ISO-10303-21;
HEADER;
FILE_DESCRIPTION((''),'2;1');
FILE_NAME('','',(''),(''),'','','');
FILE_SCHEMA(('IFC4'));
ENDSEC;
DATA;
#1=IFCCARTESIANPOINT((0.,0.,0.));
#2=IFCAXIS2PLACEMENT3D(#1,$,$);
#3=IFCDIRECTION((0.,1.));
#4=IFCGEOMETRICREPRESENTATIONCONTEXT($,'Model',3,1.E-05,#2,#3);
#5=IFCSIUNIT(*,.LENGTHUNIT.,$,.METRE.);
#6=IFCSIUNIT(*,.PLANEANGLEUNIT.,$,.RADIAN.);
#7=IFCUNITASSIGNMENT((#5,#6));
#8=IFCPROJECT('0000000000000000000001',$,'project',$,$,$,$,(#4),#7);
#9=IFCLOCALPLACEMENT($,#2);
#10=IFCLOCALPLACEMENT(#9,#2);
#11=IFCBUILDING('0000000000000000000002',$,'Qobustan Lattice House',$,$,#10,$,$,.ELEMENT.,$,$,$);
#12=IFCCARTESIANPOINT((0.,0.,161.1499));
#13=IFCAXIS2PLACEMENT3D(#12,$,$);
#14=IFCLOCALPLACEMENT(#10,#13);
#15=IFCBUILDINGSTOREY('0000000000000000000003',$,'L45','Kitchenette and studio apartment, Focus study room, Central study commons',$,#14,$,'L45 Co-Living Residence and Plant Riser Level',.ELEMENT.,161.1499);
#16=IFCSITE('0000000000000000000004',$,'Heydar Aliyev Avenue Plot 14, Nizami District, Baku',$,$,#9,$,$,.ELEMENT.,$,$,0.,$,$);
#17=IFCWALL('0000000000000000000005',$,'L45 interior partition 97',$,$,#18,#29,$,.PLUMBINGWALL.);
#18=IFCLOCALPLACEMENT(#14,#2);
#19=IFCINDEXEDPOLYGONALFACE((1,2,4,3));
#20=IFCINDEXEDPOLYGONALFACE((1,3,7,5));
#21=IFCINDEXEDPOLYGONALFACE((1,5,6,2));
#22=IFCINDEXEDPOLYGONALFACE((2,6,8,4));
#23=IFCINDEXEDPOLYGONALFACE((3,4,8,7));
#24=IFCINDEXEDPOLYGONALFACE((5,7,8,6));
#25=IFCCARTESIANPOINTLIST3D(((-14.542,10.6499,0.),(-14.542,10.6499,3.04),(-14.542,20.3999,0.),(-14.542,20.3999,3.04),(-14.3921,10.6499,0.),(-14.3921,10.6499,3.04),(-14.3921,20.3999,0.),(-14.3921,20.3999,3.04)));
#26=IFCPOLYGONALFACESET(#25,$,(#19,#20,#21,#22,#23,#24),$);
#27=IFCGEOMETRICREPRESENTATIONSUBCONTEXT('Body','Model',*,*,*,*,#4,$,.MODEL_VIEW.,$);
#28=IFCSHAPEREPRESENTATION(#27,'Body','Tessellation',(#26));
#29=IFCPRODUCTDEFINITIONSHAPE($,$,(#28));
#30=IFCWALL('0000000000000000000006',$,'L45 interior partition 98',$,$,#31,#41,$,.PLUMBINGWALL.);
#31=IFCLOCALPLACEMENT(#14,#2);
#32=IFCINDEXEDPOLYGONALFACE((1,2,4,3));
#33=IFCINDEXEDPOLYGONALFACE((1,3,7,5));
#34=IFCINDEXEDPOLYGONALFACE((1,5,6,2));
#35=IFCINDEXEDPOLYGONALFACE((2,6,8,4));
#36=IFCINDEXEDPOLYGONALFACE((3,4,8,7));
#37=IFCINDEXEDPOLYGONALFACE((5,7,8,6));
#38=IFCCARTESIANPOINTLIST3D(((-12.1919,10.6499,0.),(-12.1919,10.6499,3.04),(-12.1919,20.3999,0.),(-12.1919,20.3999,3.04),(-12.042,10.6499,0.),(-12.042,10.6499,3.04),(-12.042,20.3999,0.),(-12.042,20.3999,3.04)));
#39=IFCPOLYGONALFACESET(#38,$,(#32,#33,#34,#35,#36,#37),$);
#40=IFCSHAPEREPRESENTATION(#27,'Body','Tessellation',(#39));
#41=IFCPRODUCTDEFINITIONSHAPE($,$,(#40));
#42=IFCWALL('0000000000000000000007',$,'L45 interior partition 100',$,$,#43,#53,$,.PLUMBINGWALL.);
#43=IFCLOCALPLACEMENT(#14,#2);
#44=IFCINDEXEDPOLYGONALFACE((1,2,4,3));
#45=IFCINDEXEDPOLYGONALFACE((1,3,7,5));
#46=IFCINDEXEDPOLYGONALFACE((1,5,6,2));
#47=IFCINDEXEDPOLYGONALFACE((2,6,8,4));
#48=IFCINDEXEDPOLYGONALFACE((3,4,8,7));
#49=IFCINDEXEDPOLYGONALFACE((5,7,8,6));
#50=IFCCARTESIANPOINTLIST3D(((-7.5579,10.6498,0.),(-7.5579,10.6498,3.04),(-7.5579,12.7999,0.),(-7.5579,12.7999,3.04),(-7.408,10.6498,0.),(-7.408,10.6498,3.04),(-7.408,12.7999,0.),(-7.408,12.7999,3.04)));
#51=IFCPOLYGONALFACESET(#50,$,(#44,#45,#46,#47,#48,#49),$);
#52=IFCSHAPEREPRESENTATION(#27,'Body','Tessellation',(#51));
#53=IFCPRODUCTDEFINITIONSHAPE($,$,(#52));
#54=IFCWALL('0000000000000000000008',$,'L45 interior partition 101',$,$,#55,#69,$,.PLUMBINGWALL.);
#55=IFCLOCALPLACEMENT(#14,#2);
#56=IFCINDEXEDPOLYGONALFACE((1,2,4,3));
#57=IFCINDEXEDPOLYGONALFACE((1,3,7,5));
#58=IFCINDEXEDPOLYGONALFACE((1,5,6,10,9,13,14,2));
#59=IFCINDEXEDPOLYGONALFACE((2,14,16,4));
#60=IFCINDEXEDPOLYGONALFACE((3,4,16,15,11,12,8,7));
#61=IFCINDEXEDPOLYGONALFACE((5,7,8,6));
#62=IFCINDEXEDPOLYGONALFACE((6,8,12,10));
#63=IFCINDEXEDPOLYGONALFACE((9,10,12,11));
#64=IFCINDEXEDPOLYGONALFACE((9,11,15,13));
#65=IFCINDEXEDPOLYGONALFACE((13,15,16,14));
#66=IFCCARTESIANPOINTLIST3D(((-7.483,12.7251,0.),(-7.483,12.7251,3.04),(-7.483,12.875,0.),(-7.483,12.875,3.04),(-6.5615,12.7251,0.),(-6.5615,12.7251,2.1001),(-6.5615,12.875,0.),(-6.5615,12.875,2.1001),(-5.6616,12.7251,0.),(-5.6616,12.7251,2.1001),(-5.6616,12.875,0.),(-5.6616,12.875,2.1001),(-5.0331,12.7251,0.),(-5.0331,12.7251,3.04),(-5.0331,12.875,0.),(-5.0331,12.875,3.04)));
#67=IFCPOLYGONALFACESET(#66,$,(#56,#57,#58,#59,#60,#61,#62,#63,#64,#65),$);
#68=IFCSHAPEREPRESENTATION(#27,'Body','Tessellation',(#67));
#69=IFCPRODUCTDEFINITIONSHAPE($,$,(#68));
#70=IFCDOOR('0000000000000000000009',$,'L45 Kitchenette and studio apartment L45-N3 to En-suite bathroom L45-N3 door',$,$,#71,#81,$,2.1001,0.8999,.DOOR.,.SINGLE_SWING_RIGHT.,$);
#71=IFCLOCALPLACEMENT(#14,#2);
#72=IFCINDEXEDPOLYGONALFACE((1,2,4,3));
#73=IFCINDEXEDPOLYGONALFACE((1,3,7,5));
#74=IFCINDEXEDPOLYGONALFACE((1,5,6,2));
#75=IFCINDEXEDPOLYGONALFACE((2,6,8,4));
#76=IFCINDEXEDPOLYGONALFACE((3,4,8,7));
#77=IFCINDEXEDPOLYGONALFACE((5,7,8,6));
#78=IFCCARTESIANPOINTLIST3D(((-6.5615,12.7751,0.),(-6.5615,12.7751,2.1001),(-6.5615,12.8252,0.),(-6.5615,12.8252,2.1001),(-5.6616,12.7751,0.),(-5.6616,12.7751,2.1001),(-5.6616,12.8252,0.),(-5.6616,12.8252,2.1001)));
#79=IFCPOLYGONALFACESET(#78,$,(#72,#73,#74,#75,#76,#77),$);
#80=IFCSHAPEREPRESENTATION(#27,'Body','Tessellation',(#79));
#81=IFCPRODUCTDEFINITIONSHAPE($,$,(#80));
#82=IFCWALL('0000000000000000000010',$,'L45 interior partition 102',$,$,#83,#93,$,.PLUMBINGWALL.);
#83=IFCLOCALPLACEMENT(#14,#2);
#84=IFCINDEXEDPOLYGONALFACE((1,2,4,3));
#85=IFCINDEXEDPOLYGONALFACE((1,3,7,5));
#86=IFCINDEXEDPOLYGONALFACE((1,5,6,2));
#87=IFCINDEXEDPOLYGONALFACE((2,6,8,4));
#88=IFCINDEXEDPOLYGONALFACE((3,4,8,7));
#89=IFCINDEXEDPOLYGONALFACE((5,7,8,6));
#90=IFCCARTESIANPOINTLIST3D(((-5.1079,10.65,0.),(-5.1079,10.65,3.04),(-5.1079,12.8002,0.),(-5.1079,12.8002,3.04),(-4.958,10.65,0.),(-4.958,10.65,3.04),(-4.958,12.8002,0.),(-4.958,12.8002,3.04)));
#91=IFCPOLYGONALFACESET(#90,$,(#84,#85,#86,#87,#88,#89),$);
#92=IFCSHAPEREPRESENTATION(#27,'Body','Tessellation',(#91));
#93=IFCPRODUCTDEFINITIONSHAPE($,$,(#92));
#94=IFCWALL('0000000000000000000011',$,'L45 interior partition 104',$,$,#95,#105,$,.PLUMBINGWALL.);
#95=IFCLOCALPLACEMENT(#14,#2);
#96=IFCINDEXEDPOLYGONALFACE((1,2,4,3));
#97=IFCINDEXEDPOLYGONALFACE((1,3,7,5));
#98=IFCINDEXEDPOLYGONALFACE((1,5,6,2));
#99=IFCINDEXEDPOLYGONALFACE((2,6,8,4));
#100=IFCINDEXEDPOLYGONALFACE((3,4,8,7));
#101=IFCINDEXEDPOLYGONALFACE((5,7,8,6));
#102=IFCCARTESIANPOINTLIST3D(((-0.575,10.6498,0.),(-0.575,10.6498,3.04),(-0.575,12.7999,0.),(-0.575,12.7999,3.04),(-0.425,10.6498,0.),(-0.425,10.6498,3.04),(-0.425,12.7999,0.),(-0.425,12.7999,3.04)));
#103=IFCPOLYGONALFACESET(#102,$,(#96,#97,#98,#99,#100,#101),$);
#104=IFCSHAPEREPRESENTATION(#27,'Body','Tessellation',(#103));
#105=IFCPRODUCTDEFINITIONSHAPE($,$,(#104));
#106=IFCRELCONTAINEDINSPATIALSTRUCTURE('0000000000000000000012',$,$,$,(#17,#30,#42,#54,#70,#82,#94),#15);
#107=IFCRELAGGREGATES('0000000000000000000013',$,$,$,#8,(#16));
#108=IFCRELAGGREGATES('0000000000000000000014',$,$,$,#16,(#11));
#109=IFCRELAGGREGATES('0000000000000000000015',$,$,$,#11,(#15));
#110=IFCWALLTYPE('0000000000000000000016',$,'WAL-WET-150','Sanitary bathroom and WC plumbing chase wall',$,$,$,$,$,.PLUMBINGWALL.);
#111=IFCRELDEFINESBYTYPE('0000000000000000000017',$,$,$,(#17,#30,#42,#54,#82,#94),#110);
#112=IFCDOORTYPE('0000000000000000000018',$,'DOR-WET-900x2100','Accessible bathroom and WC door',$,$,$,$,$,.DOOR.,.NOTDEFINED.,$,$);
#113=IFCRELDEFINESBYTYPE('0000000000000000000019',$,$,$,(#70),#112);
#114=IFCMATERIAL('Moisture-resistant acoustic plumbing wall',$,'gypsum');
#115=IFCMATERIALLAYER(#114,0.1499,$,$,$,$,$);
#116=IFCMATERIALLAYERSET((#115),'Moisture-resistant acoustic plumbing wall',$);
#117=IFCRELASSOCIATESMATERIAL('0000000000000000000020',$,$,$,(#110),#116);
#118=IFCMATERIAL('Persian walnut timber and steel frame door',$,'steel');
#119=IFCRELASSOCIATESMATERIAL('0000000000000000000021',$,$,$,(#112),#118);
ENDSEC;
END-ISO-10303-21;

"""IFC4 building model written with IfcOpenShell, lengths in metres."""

from ifc_helpers import new_model, si_unit, direction, frame, frame_2d, origin, place, context, subcontext, project, spatial, rectangle, extrude, material, layer, layer_set, type_object, element, fill, save


model = new_model("IFC4")

# Units and contexts
model_context = context("Model", 3, precision=1e-05, world=origin(), true_north=direction((0.0, 1.0)))
body_context = subcontext(model_context, "Body", "Model", "MODEL_VIEW")
ifc_project = project(units=[si_unit("LENGTHUNIT", "METRE"), si_unit("PLANEANGLEUNIT", "RADIAN")], contexts=[model_context])

# Site, building, storey
site_placement = place(None, origin())
site = spatial("IfcSite", under=ifc_project, at=site_placement, Name="Heydar Aliyev Avenue Plot 14, Nizami District, Baku", CompositionType="ELEMENT", RefElevation=0.0)
building_placement = place(site_placement, origin())
building = spatial("IfcBuilding", under=site, at=building_placement, Name="Qobustan Lattice House", CompositionType="ELEMENT")
storey_placement = place(building_placement, frame((0.0, 0.0, 161.1499)))
storey = spatial("IfcBuildingStorey", under=building, at=storey_placement, Name="L45", Description="Kitchenette and studio apartment, Focus study room, Central study commons", LongName="L45 Co-Living Residence and Plant Riser Level", CompositionType="ELEMENT", Elevation=161.1499)

# Walls
ifc_material_1 = material(Name="Moisture-resistant acoustic plumbing wall", Category="gypsum")
ifc_layer_1 = layer(ifc_material_1, 0.1499)
ifc_layer_set_1 = layer_set([ifc_layer_1], Name="Moisture-resistant acoustic plumbing wall")
wall_type_1 = type_object("IfcWallType", Name="WAL-WET-150", Description="Sanitary bathroom and WC plumbing chase wall", PredefinedType="PLUMBINGWALL", material=ifc_layer_set_1)
for number, where, z_axis, x_axis, name in (
    (1, (-14.467, 20.3999, 0.0), (0.0, 0.0, 1.0), (0.0, -1.0, 0.0), "L45 interior partition 97"),
    (2, (-12.1169, 20.3999, 0.0), (0.0, 0.0, 1.0), (0.0, -1.0, 0.0), "L45 interior partition 98"),
):
    element("IfcWall", number, at=place(storey_placement, frame(where, z_axis=z_axis, x_axis=x_axis)), inside=storey, type_object=wall_type_1, Name=name, PredefinedType="PLUMBINGWALL", context=body_context, shape_type="SweptSolid", body=[
        extrude(rectangle(XDim=9.75, YDim=0.1499, at=frame_2d((4.875, 0.0))), origin(), (0.0, 0.0, 1.0), 3.04),
    ])
wall_1_placement = place(storey_placement, frame((-7.4829, 12.8, 0.0), z_axis=(0.0, 0.0, 1.0), x_axis=(0.0, -1.0, 0.0)))
element("IfcWall", 3, at=wall_1_placement, inside=storey, type_object=wall_type_1, Name="L45 interior partition 100", PredefinedType="PLUMBINGWALL", context=body_context, shape_type="SweptSolid", body=[
    extrude(rectangle(XDim=2.1501, YDim=0.1499, at=frame_2d((1.0752, 0.0))), origin(), (0.0, 0.0, 1.0), 3.04),
])

# Wall, opening, door
wall_2_placement = place(storey_placement, frame((-5.033, 12.8, 0.0), z_axis=(0.0, 0.0, 1.0), x_axis=(-1.0, 0.0, 0.0)))
wall_2 = element("IfcWall", 4, at=wall_2_placement, inside=storey, type_object=wall_type_1, Name="L45 interior partition 101", PredefinedType="PLUMBINGWALL", context=body_context, shape_type="SweptSolid", body=[
    extrude(rectangle(XDim=2.45, YDim=0.1499, at=frame_2d((1.2251, 0.0))), origin(), (0.0, 0.0, 1.0), 3.04),
])
opening_1_placement = place(wall_2_placement, frame((0.6287, 0.0, 0.0)))
opening_1 = element("IfcOpeningElement", 5, at=opening_1_placement, cuts=wall_2, PredefinedType="OPENING", context=body_context, shape_type="SweptSolid", body=[
    extrude(rectangle(XDim=0.8999, YDim=2.1001, at=frame_2d((0.45, 1.05))), frame((0.0, 0.085, 0.0), z_axis=(0.0, -1.0, 0.0), x_axis=(1.0, 0.0, 0.0)), (0.0, 0.0, 1.0), 0.1699),
])
ifc_material_2 = material(Name="Persian walnut timber and steel frame door", Category="steel")
door_type_1 = type_object("IfcDoorType", Name="DOR-WET-900x2100", Description="Accessible bathroom and WC door", OperationType="NOTDEFINED", PredefinedType="DOOR", material=ifc_material_2)
door_1_placement = place(opening_1_placement, origin())
door_1 = element("IfcDoor", 6, at=door_1_placement, inside=storey, type_object=door_type_1, Name="L45 Kitchenette and studio apartment L45-N3 to En-suite bathroom L45-N3 door", OperationType="SINGLE_SWING_RIGHT", OverallHeight=2.1001, OverallWidth=0.8999, PredefinedType="DOOR", context=body_context, shape_type="SweptSolid", body=[
    extrude(rectangle(XDim=0.8999, YDim=2.1001, at=frame_2d((0.45, 1.05))), frame((0.0, 0.0249, 0.0), z_axis=(0.0, -1.0, 0.0), x_axis=(1.0, 0.0, 0.0)), (0.0, 0.0, 1.0), 0.05),
])
fill(opening_1, door_1)

# Walls
for number, where, z_axis, x_axis, name in (
    (7, (-5.033, 10.6499, 0.0), (0.0, 0.0, 1.0), (0.0, 1.0, 0.0), "L45 interior partition 102"),
    (8, (-0.5, 12.8, 0.0), (0.0, 0.0, 1.0), (0.0, -1.0, 0.0), "L45 interior partition 104"),
):
    element("IfcWall", number, at=place(storey_placement, frame(where, z_axis=z_axis, x_axis=x_axis)), inside=storey, type_object=wall_type_1, Name=name, PredefinedType="PLUMBINGWALL", context=body_context, shape_type="SweptSolid", body=[
        extrude(rectangle(XDim=2.1501, YDim=0.1499, at=frame_2d((1.0752, 0.0))), origin(), (0.0, 0.0, 1.0), 3.04),
    ])

save(model, "model.ifc")
